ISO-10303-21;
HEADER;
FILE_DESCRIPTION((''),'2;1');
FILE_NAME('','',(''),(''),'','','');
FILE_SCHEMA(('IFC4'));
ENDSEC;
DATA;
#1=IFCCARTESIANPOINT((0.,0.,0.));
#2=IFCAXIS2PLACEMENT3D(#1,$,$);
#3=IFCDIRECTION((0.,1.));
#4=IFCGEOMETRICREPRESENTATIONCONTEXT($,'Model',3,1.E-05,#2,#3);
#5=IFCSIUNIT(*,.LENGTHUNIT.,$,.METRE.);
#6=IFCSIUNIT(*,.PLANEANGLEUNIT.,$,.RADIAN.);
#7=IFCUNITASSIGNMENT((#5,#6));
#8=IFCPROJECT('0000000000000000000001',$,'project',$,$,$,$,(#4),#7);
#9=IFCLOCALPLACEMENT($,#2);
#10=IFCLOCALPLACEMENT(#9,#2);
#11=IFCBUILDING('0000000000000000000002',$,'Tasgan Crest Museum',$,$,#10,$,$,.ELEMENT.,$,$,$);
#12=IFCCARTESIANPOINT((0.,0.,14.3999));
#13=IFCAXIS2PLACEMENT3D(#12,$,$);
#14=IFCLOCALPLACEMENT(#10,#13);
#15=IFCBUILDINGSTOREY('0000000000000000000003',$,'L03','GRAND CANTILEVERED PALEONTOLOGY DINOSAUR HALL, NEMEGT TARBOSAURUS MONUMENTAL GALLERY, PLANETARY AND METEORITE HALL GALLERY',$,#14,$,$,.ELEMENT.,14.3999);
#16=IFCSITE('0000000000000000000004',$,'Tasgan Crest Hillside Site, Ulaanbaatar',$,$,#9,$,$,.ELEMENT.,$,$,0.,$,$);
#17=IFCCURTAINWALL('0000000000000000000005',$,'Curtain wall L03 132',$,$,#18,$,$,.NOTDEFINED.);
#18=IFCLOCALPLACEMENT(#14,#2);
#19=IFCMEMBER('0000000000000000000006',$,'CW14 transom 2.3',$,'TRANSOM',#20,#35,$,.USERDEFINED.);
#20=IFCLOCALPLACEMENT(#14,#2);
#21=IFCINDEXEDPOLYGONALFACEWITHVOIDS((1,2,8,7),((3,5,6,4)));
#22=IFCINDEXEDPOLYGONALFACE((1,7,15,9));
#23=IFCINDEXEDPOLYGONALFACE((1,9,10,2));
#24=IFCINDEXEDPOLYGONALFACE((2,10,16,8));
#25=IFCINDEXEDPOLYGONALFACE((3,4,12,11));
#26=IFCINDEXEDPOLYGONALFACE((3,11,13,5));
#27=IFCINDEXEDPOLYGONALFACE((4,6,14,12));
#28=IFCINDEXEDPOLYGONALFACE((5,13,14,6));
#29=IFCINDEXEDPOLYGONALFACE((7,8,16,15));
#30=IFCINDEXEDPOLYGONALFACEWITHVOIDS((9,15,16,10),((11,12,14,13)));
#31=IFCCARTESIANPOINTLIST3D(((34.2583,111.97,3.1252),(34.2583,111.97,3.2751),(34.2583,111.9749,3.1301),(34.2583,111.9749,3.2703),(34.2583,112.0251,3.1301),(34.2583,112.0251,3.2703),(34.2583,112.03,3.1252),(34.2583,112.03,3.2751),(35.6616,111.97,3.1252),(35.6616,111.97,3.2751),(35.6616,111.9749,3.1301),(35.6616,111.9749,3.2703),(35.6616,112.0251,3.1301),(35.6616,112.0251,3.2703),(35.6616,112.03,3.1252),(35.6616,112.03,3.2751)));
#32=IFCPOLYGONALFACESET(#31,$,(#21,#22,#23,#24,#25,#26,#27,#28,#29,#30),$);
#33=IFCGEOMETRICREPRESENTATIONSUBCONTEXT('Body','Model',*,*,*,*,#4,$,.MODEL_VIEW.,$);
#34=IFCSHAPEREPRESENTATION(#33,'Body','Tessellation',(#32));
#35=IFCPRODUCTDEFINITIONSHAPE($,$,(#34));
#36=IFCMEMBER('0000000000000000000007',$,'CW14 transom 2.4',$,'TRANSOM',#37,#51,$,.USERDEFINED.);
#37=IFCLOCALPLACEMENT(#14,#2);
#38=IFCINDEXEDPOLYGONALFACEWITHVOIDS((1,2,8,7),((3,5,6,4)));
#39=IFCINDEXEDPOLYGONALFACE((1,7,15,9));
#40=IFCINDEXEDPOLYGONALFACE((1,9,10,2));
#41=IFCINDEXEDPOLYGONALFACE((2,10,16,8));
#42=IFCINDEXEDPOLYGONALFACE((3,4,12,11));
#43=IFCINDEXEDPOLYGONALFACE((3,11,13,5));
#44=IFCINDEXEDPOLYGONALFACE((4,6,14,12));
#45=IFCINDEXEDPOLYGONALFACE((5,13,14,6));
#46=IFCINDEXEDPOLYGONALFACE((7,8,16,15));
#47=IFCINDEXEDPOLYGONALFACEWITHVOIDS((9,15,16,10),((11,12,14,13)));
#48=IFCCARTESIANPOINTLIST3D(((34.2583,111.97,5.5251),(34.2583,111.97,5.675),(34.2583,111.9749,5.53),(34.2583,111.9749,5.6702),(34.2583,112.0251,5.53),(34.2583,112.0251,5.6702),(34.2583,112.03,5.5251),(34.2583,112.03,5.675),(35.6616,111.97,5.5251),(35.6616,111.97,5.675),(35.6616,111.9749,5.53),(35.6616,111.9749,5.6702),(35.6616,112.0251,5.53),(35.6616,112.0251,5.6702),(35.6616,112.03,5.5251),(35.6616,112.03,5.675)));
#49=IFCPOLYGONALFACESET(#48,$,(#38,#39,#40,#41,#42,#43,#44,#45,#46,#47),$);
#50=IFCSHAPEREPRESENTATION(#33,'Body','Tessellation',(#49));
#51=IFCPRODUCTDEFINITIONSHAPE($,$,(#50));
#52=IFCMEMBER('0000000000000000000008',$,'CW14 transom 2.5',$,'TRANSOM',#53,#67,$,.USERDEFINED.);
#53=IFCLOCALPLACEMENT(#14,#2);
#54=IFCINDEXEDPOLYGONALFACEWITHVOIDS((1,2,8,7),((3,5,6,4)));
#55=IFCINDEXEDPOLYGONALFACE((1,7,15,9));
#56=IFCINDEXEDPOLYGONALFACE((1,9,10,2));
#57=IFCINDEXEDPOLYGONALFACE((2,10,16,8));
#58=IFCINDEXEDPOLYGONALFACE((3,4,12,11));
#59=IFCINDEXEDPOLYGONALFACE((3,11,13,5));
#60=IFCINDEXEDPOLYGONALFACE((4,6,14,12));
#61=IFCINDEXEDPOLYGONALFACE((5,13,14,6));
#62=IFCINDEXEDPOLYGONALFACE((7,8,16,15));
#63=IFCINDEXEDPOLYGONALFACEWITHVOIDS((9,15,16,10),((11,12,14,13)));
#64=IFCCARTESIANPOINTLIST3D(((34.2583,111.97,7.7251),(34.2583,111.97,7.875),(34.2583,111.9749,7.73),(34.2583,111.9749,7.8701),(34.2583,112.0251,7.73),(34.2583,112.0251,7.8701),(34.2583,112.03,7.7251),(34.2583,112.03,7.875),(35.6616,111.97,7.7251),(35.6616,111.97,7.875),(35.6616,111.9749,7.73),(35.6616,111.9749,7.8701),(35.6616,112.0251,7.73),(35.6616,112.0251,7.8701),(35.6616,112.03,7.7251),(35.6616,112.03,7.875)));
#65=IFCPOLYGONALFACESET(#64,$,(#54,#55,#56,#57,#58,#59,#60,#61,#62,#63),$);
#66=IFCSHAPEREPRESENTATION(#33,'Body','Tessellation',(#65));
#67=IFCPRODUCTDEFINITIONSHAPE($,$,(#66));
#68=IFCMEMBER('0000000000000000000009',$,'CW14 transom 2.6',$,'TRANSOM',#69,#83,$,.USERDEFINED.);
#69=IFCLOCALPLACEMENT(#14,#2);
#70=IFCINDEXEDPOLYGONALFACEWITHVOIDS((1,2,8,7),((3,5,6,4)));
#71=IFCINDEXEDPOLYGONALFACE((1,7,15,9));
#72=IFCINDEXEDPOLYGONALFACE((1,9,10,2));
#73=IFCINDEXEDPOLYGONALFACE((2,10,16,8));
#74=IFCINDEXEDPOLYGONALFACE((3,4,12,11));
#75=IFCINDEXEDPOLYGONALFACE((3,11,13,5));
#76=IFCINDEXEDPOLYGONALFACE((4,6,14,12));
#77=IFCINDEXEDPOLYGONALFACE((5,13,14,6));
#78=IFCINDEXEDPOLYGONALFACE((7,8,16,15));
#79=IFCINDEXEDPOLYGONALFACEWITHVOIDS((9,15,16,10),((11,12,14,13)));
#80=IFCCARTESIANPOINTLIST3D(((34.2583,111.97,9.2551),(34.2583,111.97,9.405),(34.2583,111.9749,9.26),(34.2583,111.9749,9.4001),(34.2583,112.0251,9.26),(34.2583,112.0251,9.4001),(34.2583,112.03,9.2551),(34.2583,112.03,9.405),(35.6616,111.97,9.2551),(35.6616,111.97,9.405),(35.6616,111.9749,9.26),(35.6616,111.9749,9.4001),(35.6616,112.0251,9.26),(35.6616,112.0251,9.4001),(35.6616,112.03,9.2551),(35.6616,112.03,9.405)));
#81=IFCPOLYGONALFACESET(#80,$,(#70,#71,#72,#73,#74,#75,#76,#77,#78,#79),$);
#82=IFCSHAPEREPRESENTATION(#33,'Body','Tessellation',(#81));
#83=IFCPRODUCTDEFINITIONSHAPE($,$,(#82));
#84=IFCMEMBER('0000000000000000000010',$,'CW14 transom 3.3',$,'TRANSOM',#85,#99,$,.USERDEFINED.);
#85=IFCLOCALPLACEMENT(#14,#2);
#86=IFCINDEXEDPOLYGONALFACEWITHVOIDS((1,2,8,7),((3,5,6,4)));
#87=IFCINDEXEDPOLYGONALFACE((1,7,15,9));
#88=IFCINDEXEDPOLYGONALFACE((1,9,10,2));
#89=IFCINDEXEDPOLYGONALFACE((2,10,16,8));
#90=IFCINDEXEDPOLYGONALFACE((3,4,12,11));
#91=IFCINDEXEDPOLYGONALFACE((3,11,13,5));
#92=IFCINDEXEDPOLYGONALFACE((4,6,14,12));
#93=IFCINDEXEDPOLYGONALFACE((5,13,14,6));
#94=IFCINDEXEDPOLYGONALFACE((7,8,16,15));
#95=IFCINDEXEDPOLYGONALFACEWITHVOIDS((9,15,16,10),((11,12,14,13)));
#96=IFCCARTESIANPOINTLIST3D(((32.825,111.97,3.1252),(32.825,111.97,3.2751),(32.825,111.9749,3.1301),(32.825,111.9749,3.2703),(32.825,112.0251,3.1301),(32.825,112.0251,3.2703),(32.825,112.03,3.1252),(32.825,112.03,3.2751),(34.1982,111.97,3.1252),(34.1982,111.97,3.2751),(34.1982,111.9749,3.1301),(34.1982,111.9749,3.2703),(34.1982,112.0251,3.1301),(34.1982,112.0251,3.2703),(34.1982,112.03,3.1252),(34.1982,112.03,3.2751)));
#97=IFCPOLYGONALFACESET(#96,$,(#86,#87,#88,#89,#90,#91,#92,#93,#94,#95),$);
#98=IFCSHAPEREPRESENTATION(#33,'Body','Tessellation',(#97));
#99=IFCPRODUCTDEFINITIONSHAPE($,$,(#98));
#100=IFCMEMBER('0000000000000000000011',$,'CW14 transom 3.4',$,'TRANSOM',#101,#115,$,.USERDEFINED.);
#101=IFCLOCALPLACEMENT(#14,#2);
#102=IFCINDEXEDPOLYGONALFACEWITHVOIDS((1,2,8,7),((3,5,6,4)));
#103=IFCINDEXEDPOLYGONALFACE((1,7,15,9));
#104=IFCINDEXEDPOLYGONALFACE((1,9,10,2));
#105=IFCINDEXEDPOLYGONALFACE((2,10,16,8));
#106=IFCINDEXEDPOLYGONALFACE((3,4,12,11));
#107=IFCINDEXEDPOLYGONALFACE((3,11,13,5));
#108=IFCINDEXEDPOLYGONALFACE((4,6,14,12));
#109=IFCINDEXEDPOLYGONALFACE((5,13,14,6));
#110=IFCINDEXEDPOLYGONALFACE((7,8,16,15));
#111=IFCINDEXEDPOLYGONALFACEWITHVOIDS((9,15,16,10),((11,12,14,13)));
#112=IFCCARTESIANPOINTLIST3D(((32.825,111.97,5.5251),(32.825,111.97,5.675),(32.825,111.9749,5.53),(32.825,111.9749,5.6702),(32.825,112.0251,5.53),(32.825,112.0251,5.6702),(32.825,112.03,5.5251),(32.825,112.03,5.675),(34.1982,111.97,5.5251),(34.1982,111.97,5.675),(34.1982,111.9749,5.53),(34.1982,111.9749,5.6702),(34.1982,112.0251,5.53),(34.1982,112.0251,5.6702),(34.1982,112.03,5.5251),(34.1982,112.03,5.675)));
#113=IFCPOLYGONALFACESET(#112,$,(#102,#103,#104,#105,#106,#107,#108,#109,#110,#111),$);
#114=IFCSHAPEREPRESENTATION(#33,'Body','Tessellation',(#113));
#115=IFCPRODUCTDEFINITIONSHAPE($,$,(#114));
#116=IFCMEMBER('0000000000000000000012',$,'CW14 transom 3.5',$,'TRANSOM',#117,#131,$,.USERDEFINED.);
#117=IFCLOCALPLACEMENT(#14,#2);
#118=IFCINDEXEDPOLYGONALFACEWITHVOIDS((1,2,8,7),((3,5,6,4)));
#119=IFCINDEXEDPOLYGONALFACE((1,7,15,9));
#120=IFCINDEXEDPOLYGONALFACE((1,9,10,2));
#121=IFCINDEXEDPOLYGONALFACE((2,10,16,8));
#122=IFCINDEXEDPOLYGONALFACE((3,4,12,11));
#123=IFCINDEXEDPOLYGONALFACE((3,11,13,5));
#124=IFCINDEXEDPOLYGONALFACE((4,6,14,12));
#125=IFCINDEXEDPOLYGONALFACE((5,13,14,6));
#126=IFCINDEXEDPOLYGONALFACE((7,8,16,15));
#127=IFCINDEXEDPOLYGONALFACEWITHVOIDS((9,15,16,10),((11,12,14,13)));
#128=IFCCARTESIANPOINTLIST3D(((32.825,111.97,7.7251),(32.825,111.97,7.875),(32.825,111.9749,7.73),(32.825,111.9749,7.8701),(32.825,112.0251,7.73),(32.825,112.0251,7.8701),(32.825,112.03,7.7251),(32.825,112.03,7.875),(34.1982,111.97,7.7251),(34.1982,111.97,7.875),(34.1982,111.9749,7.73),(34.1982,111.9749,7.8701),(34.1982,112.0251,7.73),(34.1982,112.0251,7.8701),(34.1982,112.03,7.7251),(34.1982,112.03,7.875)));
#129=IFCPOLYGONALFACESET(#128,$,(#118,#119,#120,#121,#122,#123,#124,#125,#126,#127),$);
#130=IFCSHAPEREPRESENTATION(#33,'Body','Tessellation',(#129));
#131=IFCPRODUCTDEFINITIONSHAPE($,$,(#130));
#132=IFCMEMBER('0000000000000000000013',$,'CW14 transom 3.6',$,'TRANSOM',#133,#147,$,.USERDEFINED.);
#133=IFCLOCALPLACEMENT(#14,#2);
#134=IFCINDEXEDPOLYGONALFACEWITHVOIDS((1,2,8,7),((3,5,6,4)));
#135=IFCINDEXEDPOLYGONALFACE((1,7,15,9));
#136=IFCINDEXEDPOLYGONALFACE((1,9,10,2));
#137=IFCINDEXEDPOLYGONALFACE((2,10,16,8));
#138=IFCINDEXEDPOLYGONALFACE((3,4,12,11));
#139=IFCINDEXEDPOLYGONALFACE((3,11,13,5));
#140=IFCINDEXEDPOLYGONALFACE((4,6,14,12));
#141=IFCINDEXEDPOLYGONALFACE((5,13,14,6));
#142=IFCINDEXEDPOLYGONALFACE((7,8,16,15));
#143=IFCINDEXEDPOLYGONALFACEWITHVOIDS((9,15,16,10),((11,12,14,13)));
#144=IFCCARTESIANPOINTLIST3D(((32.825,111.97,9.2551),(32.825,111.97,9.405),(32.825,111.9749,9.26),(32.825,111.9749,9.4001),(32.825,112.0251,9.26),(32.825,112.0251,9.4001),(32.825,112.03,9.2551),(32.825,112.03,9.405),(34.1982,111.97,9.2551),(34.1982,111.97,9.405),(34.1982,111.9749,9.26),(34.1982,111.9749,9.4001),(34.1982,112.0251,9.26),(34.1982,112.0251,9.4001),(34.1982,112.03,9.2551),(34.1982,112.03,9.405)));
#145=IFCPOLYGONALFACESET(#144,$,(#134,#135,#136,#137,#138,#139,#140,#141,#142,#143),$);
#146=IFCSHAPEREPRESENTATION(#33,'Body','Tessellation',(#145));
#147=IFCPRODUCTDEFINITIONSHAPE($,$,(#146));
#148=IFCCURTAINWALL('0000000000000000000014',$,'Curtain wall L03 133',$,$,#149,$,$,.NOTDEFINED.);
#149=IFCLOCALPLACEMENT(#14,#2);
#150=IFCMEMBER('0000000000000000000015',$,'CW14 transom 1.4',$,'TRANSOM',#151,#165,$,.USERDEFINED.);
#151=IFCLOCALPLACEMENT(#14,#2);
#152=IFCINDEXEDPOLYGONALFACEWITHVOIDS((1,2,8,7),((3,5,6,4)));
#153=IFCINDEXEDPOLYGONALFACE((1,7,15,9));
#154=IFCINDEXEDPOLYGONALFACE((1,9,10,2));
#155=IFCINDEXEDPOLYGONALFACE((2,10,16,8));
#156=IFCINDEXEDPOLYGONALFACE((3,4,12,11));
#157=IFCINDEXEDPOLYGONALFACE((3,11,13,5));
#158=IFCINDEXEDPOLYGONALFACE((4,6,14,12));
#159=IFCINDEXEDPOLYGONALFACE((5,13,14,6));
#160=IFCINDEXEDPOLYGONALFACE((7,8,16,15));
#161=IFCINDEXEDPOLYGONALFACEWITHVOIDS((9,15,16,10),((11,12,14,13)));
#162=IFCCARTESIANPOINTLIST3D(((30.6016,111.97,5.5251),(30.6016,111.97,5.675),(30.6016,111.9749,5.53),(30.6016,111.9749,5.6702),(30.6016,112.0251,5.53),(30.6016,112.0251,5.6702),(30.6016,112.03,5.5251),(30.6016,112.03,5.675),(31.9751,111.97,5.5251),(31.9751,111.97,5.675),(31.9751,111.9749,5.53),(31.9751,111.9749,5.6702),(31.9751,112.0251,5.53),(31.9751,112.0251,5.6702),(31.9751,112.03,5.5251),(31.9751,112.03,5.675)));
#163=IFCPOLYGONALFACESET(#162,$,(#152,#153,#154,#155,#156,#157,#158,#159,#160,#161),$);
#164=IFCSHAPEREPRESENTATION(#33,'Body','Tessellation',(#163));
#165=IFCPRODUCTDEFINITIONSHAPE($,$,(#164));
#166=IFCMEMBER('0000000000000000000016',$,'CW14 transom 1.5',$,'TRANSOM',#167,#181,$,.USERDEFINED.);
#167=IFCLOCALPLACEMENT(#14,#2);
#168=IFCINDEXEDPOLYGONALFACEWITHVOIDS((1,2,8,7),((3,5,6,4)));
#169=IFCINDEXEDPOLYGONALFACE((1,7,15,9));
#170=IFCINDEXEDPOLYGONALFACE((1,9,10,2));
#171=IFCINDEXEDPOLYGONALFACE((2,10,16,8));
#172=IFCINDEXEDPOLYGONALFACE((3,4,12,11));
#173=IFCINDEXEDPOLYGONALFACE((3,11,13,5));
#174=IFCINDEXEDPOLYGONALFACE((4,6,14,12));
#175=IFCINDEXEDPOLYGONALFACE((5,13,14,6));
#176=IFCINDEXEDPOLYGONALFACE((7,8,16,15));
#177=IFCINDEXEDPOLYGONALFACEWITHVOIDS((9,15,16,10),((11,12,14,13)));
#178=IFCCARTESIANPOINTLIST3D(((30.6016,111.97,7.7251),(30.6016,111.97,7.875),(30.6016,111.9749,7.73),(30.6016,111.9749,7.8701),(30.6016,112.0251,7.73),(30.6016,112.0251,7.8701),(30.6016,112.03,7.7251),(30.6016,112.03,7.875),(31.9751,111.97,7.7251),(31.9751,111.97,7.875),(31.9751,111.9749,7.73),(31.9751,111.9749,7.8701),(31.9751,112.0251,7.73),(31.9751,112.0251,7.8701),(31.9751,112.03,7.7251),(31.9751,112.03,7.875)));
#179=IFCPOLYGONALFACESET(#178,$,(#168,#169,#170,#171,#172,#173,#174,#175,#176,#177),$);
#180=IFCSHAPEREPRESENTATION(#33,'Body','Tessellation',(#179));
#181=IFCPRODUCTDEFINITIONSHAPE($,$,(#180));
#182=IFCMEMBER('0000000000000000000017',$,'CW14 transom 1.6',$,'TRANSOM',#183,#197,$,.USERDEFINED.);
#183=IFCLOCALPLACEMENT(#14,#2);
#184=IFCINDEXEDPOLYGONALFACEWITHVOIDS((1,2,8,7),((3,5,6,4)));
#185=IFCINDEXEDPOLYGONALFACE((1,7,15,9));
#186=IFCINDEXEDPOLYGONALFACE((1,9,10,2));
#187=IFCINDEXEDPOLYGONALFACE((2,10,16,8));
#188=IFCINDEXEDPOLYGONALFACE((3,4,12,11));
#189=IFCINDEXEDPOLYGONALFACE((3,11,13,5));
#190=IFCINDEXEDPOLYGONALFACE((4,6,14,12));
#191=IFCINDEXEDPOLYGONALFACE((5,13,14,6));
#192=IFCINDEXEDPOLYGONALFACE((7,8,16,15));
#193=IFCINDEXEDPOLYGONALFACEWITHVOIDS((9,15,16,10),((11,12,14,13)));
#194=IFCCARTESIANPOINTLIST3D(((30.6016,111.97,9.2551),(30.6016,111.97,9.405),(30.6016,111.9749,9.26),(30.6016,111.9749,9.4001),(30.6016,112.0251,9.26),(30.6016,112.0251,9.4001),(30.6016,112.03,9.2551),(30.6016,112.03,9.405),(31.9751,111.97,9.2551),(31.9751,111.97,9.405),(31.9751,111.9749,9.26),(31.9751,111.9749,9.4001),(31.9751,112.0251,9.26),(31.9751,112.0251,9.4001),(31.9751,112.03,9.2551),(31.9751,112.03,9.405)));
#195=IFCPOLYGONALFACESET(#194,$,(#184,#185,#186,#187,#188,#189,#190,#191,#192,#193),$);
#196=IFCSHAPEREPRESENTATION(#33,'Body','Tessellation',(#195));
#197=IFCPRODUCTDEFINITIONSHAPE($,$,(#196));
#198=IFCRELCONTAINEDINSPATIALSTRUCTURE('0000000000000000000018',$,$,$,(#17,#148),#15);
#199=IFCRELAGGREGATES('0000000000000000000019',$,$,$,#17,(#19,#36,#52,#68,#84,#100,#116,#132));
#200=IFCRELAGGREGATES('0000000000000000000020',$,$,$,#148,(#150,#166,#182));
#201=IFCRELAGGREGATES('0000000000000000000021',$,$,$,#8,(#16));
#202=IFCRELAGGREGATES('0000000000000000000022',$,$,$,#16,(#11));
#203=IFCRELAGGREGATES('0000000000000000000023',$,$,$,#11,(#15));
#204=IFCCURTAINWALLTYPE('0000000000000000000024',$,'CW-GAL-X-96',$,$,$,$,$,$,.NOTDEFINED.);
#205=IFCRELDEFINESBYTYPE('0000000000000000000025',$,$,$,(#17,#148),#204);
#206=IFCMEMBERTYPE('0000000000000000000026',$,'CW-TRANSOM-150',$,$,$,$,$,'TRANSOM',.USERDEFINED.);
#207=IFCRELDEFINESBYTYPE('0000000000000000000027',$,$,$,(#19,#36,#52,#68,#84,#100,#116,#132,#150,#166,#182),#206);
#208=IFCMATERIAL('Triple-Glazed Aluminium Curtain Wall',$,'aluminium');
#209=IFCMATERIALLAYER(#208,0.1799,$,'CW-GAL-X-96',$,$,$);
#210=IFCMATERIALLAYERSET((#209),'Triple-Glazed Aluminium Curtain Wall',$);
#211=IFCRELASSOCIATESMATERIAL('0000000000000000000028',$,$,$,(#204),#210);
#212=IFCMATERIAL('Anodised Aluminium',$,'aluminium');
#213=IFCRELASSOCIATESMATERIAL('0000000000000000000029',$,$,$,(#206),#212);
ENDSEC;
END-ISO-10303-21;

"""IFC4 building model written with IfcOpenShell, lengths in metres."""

from ifc_helpers import new_model, si_unit, direction, frame, origin, origin_2d, place, context, subcontext, project, spatial, hollow_rectangle, extrude, material, layer, layer_set, material_profile, profile_set, type_object, element, aggregate, save


model = new_model("IFC4")

# Units and contexts
model_context = context("Model", 3, precision=1e-05, world=origin(), true_north=direction((0.0, 1.0)))
body_context = subcontext(model_context, "Body", "Model", "MODEL_VIEW")
ifc_project = project(units=[si_unit("LENGTHUNIT", "METRE"), si_unit("PLANEANGLEUNIT", "RADIAN")], contexts=[model_context])

# Site, building, storey
site_placement = place(None, origin())
site = spatial("IfcSite", under=ifc_project, at=site_placement, Name="Tasgan Crest Hillside Site, Ulaanbaatar", CompositionType="ELEMENT", RefElevation=0.0)
building_placement = place(site_placement, origin())
building = spatial("IfcBuilding", under=site, at=building_placement, Name="Tasgan Crest Museum", CompositionType="ELEMENT")
storey_placement = place(building_placement, frame((0.0, 0.0, 14.3999)))
storey = spatial("IfcBuildingStorey", under=building, at=storey_placement, Name="L03", Description="GRAND CANTILEVERED PALEONTOLOGY DINOSAUR HALL, NEMEGT TARBOSAURUS MONUMENTAL GALLERY, PLANETARY AND METEORITE HALL GALLERY", CompositionType="ELEMENT", Elevation=14.3999)

# Curtain walls, members
ifc_material_1 = material(Name="Triple-Glazed Aluminium Curtain Wall", Category="aluminium")
ifc_layer_1 = layer(ifc_material_1, 0.1799, Name="CW-GAL-X-96")
ifc_layer_set_1 = layer_set([ifc_layer_1], Name="Triple-Glazed Aluminium Curtain Wall")
curtain_wall_type = type_object("IfcCurtainWallType", Name="CW-GAL-X-96", PredefinedType="NOTDEFINED", material=ifc_layer_set_1)
curtain_wall_1_placement = place(storey_placement, origin())
curtain_wall_1 = element("IfcCurtainWall", 1, at=curtain_wall_1_placement, inside=storey, type_object=curtain_wall_type, Name="Curtain wall L03 132", PredefinedType="NOTDEFINED")
ifc_material_2 = material(Name="Anodised Aluminium", Category="aluminium")
ifc_material_profile = material_profile(ifc_material_2, hollow_rectangle(XDim=0.0601, YDim=0.1499, WallThickness=0.0049, at=origin_2d()), Name="ALU TRANSOM 150x60x5")
ifc_profile_set = profile_set([ifc_material_profile], Name="Anodised Aluminium")
member_type = type_object("IfcMemberType", Name="CW-TRANSOM-150", ElementType="TRANSOM", PredefinedType="USERDEFINED", material=ifc_profile_set)
member_1_placement = place(storey_placement, frame((35.6616, 112.0, 3.2002), z_axis=(-1.0, 0.0, 0.0), x_axis=(0.0, -1.0, 0.0)))
member_1 = element("IfcMember", 2, at=member_1_placement, type_object=member_type, Name="CW14 transom 2.3", ObjectType="TRANSOM", PredefinedType="USERDEFINED", context=body_context, shape_type="SweptSolid", body=[
    extrude(hollow_rectangle(XDim=0.0601, YDim=0.1499, WallThickness=0.0049, at=origin_2d()), origin(), (0.0, 0.0, 1.0), 1.4033),
])
member_2_placement = place(storey_placement, frame((35.6616, 112.0, 5.6001), z_axis=(-1.0, 0.0, 0.0), x_axis=(0.0, -1.0, 0.0)))
member_2 = element("IfcMember", 3, at=member_2_placement, type_object=member_type, Name="CW14 transom 2.4", ObjectType="TRANSOM", PredefinedType="USERDEFINED", context=body_context, shape_type="SweptSolid", body=[
    extrude(hollow_rectangle(XDim=0.0601, YDim=0.1499, WallThickness=0.0049, at=origin_2d()), origin(), (0.0, 0.0, 1.0), 1.4033),
])
member_3_placement = place(storey_placement, frame((35.6616, 112.0, 7.8), z_axis=(-1.0, 0.0, 0.0), x_axis=(0.0, -1.0, 0.0)))
member_3 = element("IfcMember", 4, at=member_3_placement, type_object=member_type, Name="CW14 transom 2.5", ObjectType="TRANSOM", PredefinedType="USERDEFINED", context=body_context, shape_type="SweptSolid", body=[
    extrude(hollow_rectangle(XDim=0.0601, YDim=0.1499, WallThickness=0.0049, at=origin_2d()), origin(), (0.0, 0.0, 1.0), 1.4033),
])
member_4_placement = place(storey_placement, frame((35.6616, 112.0, 9.3301), z_axis=(-1.0, 0.0, 0.0), x_axis=(0.0, -1.0, 0.0)))
member_4 = element("IfcMember", 5, at=member_4_placement, type_object=member_type, Name="CW14 transom 2.6", ObjectType="TRANSOM", PredefinedType="USERDEFINED", context=body_context, shape_type="SweptSolid", body=[
    extrude(hollow_rectangle(XDim=0.0601, YDim=0.1499, WallThickness=0.0049, at=origin_2d()), origin(), (0.0, 0.0, 1.0), 1.4033),
])
member_5_placement = place(storey_placement, frame((34.1982, 112.0, 3.2002), z_axis=(-1.0, 0.0, 0.0), x_axis=(0.0, -1.0, 0.0)))
member_5 = element("IfcMember", 6, at=member_5_placement, type_object=member_type, Name="CW14 transom 3.3", ObjectType="TRANSOM", PredefinedType="USERDEFINED", context=body_context, shape_type="SweptSolid", body=[
    extrude(hollow_rectangle(XDim=0.0601, YDim=0.1499, WallThickness=0.0049, at=origin_2d()), origin(), (0.0, 0.0, 1.0), 1.3733),
])
member_6_placement = place(storey_placement, frame((34.1982, 112.0, 5.6001), z_axis=(-1.0, 0.0, 0.0), x_axis=(0.0, -1.0, 0.0)))
member_6 = element("IfcMember", 7, at=member_6_placement, type_object=member_type, Name="CW14 transom 3.4", ObjectType="TRANSOM", PredefinedType="USERDEFINED", context=body_context, shape_type="SweptSolid", body=[
    extrude(hollow_rectangle(XDim=0.0601, YDim=0.1499, WallThickness=0.0049, at=origin_2d()), origin(), (0.0, 0.0, 1.0), 1.3733),
])
member_7_placement = place(storey_placement, frame((34.1982, 112.0, 7.8), z_axis=(-1.0, 0.0, 0.0), x_axis=(0.0, -1.0, 0.0)))
member_7 = element("IfcMember", 8, at=member_7_placement, type_object=member_type, Name="CW14 transom 3.5", ObjectType="TRANSOM", PredefinedType="USERDEFINED", context=body_context, shape_type="SweptSolid", body=[
    extrude(hollow_rectangle(XDim=0.0601, YDim=0.1499, WallThickness=0.0049, at=origin_2d()), origin(), (0.0, 0.0, 1.0), 1.3733),
])
member_8_placement = place(storey_placement, frame((34.1982, 112.0, 9.3301), z_axis=(-1.0, 0.0, 0.0), x_axis=(0.0, -1.0, 0.0)))
member_8 = element("IfcMember", 9, at=member_8_placement, type_object=member_type, Name="CW14 transom 3.6", ObjectType="TRANSOM", PredefinedType="USERDEFINED", context=body_context, shape_type="SweptSolid", body=[
    extrude(hollow_rectangle(XDim=0.0601, YDim=0.1499, WallThickness=0.0049, at=origin_2d()), origin(), (0.0, 0.0, 1.0), 1.3733),
])
curtain_wall_2_placement = place(storey_placement, origin())
curtain_wall_2 = element("IfcCurtainWall", 10, at=curtain_wall_2_placement, inside=storey, type_object=curtain_wall_type, Name="Curtain wall L03 133", PredefinedType="NOTDEFINED")
member_9_placement = place(storey_placement, frame((31.9751, 112.0, 5.6001), z_axis=(-1.0, 0.0, 0.0), x_axis=(0.0, -1.0, 0.0)))
member_9 = element("IfcMember", 11, at=member_9_placement, type_object=member_type, Name="CW14 transom 1.4", ObjectType="TRANSOM", PredefinedType="USERDEFINED", context=body_context, shape_type="SweptSolid", body=[
    extrude(hollow_rectangle(XDim=0.0601, YDim=0.1499, WallThickness=0.0049, at=origin_2d()), origin(), (0.0, 0.0, 1.0), 1.3735),
])
member_10_placement = place(storey_placement, frame((31.9751, 112.0, 7.8), z_axis=(-1.0, 0.0, 0.0), x_axis=(0.0, -1.0, 0.0)))
member_10 = element("IfcMember", 12, at=member_10_placement, type_object=member_type, Name="CW14 transom 1.5", ObjectType="TRANSOM", PredefinedType="USERDEFINED", context=body_context, shape_type="SweptSolid", body=[
    extrude(hollow_rectangle(XDim=0.0601, YDim=0.1499, WallThickness=0.0049, at=origin_2d()), origin(), (0.0, 0.0, 1.0), 1.3735),
])
member_11_placement = place(storey_placement, frame((31.9751, 112.0, 9.3301), z_axis=(-1.0, 0.0, 0.0), x_axis=(0.0, -1.0, 0.0)))
member_11 = element("IfcMember", 13, at=member_11_placement, type_object=member_type, Name="CW14 transom 1.6", ObjectType="TRANSOM", PredefinedType="USERDEFINED", context=body_context, shape_type="SweptSolid", body=[
    extrude(hollow_rectangle(XDim=0.0601, YDim=0.1499, WallThickness=0.0049, at=origin_2d()), origin(), (0.0, 0.0, 1.0), 1.3735),
])

aggregate(curtain_wall_1, [member_1, member_2, member_3, member_4, member_5, member_6, member_7, member_8])
aggregate(curtain_wall_2, [member_9, member_10, member_11])

save(model, "model.ifc")
